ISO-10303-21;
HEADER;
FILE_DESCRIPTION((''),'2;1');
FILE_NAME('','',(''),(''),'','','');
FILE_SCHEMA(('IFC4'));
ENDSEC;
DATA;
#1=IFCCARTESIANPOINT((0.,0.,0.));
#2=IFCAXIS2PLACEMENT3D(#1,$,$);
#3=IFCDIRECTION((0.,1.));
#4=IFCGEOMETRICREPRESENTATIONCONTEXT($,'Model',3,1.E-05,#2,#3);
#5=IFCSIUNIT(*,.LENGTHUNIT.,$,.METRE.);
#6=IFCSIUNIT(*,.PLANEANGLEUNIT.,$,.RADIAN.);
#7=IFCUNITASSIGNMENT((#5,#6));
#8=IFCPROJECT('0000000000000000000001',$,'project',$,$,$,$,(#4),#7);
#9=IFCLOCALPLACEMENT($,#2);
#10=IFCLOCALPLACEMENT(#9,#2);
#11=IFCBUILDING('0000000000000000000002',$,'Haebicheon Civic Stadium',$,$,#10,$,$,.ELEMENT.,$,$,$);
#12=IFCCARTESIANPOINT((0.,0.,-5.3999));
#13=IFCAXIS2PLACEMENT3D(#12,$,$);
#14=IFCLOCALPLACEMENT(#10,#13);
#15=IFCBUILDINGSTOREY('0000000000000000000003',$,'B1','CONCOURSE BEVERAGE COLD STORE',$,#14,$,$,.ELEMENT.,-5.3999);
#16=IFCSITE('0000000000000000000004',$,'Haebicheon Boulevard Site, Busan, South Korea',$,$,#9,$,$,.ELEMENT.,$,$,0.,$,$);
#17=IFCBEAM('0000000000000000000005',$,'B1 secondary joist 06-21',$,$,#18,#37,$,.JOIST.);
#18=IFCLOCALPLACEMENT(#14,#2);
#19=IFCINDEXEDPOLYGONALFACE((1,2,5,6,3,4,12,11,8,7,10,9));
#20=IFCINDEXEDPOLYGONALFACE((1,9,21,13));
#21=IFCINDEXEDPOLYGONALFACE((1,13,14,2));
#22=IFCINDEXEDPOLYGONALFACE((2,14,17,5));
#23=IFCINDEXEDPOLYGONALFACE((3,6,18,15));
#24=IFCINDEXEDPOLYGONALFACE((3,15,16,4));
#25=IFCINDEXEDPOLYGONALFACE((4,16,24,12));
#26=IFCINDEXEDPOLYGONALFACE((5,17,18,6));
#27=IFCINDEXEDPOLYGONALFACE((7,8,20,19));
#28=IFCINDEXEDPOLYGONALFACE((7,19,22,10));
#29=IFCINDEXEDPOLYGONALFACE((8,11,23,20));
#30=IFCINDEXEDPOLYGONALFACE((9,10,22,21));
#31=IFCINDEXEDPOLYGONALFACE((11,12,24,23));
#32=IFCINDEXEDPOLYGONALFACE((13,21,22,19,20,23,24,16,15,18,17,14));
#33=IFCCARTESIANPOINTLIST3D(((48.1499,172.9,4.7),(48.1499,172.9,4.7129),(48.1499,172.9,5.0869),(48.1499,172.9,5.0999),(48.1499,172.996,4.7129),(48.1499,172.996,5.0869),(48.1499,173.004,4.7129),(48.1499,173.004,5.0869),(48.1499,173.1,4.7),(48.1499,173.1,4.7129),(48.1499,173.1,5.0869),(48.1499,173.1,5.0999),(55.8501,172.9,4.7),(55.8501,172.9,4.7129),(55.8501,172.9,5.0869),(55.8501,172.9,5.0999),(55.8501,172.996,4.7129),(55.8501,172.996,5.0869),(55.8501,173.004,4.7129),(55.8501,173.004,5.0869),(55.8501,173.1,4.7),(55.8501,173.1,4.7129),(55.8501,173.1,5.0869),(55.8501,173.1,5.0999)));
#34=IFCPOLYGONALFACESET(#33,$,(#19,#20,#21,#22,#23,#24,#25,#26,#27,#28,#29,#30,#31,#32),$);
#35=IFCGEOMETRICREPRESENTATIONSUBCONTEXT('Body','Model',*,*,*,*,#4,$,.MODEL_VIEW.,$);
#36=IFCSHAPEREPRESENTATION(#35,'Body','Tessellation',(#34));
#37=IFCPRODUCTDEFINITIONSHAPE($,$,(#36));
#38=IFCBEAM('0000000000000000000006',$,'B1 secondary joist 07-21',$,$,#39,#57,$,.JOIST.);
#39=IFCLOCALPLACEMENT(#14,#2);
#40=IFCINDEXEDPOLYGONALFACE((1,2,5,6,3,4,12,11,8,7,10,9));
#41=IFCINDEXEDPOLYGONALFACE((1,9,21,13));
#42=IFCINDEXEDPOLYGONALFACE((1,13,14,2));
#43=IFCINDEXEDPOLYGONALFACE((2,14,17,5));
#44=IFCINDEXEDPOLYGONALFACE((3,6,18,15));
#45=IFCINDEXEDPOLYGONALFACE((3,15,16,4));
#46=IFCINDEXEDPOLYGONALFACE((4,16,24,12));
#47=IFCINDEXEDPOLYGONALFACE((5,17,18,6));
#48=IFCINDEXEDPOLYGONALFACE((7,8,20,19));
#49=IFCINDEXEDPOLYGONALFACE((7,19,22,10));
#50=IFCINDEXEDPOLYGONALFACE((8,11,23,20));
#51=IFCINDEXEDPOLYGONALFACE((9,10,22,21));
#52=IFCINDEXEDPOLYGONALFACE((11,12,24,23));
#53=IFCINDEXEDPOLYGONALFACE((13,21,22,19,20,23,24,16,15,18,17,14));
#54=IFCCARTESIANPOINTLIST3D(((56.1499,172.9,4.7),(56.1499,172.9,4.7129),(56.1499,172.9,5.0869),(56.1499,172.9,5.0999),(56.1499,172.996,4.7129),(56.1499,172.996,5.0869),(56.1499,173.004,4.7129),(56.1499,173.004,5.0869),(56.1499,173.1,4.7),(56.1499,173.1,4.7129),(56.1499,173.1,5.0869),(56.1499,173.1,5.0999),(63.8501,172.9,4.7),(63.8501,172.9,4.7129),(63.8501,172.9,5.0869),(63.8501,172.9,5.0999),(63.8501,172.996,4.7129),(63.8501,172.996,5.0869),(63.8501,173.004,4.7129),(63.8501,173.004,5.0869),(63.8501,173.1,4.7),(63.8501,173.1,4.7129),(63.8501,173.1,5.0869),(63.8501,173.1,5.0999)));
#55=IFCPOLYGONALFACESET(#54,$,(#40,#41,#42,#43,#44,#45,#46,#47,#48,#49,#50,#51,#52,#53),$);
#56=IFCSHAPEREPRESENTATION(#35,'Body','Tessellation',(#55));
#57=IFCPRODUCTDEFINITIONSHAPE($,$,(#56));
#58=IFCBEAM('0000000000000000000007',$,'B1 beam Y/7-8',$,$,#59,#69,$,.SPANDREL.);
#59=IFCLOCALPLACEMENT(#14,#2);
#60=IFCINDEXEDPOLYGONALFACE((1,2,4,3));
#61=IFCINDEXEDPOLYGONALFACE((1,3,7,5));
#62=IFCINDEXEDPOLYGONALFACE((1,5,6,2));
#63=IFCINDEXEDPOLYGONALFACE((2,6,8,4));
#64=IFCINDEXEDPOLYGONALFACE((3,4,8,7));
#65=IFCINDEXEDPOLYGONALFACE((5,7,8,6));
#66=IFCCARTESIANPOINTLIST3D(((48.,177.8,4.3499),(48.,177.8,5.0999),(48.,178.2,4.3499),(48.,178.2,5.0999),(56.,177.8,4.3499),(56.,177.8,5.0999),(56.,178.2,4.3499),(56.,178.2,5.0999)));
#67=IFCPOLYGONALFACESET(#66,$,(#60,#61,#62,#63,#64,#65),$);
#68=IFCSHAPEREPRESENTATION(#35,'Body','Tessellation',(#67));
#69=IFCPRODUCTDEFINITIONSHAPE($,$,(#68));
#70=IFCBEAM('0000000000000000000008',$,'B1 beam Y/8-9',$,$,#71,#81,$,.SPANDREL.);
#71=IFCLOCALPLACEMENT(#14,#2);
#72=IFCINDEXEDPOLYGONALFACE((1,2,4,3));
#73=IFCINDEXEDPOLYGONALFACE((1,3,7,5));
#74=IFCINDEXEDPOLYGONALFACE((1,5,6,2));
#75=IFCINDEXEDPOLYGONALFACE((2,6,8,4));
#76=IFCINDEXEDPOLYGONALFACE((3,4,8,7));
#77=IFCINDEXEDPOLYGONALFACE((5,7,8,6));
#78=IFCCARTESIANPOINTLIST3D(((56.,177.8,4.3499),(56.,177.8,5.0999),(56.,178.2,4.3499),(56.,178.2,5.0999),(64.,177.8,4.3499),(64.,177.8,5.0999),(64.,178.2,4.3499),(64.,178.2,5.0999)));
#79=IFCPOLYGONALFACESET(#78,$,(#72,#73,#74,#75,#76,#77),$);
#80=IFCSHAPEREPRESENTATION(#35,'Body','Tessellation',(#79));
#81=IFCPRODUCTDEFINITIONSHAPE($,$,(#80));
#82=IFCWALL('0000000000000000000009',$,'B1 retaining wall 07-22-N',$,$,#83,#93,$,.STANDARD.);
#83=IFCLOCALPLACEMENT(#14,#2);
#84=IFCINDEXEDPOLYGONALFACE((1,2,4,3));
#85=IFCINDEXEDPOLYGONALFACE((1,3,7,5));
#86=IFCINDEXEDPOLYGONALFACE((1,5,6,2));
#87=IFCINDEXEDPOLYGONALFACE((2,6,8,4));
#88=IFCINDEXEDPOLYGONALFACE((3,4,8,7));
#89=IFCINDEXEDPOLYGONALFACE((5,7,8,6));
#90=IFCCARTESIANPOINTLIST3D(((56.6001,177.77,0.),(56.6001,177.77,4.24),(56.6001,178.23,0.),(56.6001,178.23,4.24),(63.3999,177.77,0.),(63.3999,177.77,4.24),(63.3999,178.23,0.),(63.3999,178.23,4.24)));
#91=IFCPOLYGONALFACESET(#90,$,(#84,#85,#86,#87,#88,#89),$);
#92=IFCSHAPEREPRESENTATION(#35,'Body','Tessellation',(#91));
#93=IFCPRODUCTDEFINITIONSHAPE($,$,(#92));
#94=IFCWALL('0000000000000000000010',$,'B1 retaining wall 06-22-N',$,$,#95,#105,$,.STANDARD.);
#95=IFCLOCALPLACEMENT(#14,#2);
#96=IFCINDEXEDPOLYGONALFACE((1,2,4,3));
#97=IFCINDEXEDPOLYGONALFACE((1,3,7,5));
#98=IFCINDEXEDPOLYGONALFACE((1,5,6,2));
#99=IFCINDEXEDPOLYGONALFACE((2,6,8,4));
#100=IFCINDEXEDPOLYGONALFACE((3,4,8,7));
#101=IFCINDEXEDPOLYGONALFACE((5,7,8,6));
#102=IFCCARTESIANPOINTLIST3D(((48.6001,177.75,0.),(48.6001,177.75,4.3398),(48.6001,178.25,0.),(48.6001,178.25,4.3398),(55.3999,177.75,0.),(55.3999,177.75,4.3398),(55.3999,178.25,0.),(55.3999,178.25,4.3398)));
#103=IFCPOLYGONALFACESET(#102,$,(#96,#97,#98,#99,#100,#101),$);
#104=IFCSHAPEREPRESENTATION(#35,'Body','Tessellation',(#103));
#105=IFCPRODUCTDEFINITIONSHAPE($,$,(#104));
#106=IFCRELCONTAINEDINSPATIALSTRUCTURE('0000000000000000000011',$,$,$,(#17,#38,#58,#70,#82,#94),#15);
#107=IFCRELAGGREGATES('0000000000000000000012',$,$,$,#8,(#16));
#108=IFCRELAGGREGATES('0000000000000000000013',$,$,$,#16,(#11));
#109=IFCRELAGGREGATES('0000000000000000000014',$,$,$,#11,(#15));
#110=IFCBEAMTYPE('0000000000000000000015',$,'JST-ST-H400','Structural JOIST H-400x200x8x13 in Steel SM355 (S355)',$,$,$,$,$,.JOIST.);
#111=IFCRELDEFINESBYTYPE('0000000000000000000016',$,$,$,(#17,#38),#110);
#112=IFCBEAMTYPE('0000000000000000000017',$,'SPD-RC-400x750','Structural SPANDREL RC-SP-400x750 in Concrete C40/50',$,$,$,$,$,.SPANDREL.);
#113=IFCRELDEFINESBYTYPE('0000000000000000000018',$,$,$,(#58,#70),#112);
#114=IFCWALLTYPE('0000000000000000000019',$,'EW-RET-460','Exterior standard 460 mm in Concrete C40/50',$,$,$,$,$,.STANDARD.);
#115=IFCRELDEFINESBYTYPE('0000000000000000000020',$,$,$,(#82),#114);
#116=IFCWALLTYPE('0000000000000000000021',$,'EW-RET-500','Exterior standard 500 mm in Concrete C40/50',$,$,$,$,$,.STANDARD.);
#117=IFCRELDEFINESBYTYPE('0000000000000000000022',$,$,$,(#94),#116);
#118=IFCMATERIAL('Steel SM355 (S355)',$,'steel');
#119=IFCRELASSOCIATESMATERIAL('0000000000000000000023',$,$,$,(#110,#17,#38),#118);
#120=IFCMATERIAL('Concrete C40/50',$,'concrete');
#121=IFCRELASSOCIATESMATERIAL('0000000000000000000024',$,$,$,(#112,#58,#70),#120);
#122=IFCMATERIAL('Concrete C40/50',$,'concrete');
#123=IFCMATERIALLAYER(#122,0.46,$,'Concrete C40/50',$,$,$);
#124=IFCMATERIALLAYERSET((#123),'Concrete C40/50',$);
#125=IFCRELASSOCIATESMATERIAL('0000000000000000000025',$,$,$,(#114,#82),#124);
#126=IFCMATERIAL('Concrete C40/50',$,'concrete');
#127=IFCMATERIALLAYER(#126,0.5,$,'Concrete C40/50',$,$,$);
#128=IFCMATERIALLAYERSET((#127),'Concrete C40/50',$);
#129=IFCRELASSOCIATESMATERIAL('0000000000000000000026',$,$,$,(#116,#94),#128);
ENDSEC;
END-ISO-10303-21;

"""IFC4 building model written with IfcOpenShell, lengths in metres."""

from ifc_helpers import new_model, si_unit, direction, frame, frame_2d, origin, origin_2d, place, context, subcontext, project, spatial, rectangle, i_section, extrude, material, layer, layer_set, material_profile, profile_set, type_object, element, save


model = new_model("IFC4")

# Units and contexts
model_context = context("Model", 3, precision=1e-05, world=origin(), true_north=direction((0.0, 1.0)))
body_context = subcontext(model_context, "Body", "Model", "MODEL_VIEW")
ifc_project = project(units=[si_unit("LENGTHUNIT", "METRE"), si_unit("PLANEANGLEUNIT", "RADIAN")], contexts=[model_context])

# Site, building, storey
site_placement = place(None, origin())
site = spatial("IfcSite", under=ifc_project, at=site_placement, Name="Haebicheon Boulevard Site, Busan, South Korea", CompositionType="ELEMENT", RefElevation=0.0)
building_placement = place(site_placement, origin())
building = spatial("IfcBuilding", under=site, at=building_placement, Name="Haebicheon Civic Stadium", CompositionType="ELEMENT")
storey_placement = place(building_placement, frame((0.0, 0.0, -5.3999)))
storey = spatial("IfcBuildingStorey", under=building, at=storey_placement, Name="B1", Description="CONCOURSE BEVERAGE COLD STORE", CompositionType="ELEMENT", Elevation=-5.3999)

# Beams
ifc_material_1 = material(Name="Steel SM355 (S355)", Category="steel")
ifc_material_profile_1 = material_profile(ifc_material_1, i_section(OverallWidth=0.2, OverallDepth=0.3999, WebThickness=0.0081, FlangeThickness=0.0129, at=origin_2d()), Name="H-400x200x8x13")
ifc_profile_set_1 = profile_set([ifc_material_profile_1], Name="Steel SM355 (S355)")
beam_type_1 = type_object("IfcBeamType", Name="JST-ST-H400", Description="Structural JOIST H-400x200x8x13 in Steel SM355 (S355)", PredefinedType="JOIST", material=ifc_profile_set_1)
for number, where, z_axis, x_axis, name in (
    (1, (48.1499, 173.0, 4.8999), (1.0, 0.0, 0.0), (0.0, 1.0, 0.0), "B1 secondary joist 06-21"),
    (2, (56.1499, 173.0, 4.8999), (1.0, 0.0, 0.0), (0.0, 1.0, 0.0), "B1 secondary joist 07-21"),
):
    element("IfcBeam", number, at=place(storey_placement, frame(where, z_axis=z_axis, x_axis=x_axis)), inside=storey, type_object=beam_type_1, material=ifc_profile_set_1, Name=name, PredefinedType="JOIST", context=body_context, shape_type="SweptSolid", body=[
        extrude(i_section(OverallWidth=0.2, OverallDepth=0.3999, WebThickness=0.0081, FlangeThickness=0.0129, at=origin_2d()), origin(), (0.0, 0.0, 1.0), 7.7002),
    ])
ifc_material_2 = material(Name="Concrete C40/50", Category="concrete")
ifc_material_profile_2 = material_profile(ifc_material_2, rectangle(XDim=0.3999, YDim=0.75, at=origin_2d()), Name="RC-SP-400x750")
ifc_profile_set_2 = profile_set([ifc_material_profile_2], Name="Concrete C40/50")
beam_type_2 = type_object("IfcBeamType", Name="SPD-RC-400x750", Description="Structural SPANDREL RC-SP-400x750 in Concrete C40/50", PredefinedType="SPANDREL", material=ifc_profile_set_2)
for number, where, z_axis, x_axis, name in (
    (3, (48.0, 178.0, 4.7249), (1.0, 0.0, 0.0), (0.0, 1.0, 0.0), "B1 beam Y/7-8"),
    (4, (56.0, 178.0, 4.7249), (1.0, 0.0, 0.0), (0.0, 1.0, 0.0), "B1 beam Y/8-9"),
):
    element("IfcBeam", number, at=place(storey_placement, frame(where, z_axis=z_axis, x_axis=x_axis)), inside=storey, type_object=beam_type_2, material=ifc_profile_set_2, Name=name, PredefinedType="SPANDREL", context=body_context, shape_type="SweptSolid", body=[
        extrude(rectangle(XDim=0.3999, YDim=0.75, at=origin_2d()), origin(), (0.0, 0.0, 1.0), 8.0),
    ])

# Walls
ifc_material_3 = material(Name="Concrete C40/50", Category="concrete")
ifc_layer_1 = layer(ifc_material_3, 0.46, Name="Concrete C40/50")
ifc_layer_set_1 = layer_set([ifc_layer_1], Name="Concrete C40/50")
wall_type_1 = type_object("IfcWallType", Name="EW-RET-460", Description="Exterior standard 460 mm in Concrete C40/50", PredefinedType="STANDARD", material=ifc_layer_set_1)
wall_1_placement = place(storey_placement, frame((56.6001, 178.0, 0.0), z_axis=(0.0, 0.0, 1.0), x_axis=(1.0, 0.0, 0.0)))
element("IfcWall", 5, at=wall_1_placement, inside=storey, type_object=wall_type_1, material=ifc_layer_set_1, Name="B1 retaining wall 07-22-N", PredefinedType="STANDARD", context=body_context, shape_type="SweptSolid", body=[
    extrude(rectangle(XDim=6.7998, YDim=0.46, at=frame_2d((3.3999, 0.0))), origin(), (0.0, 0.0, 1.0), 4.24),
])
ifc_material_4 = material(Name="Concrete C40/50", Category="concrete")
ifc_layer_2 = layer(ifc_material_4, 0.5, Name="Concrete C40/50")
ifc_layer_set_2 = layer_set([ifc_layer_2], Name="Concrete C40/50")
wall_type_2 = type_object("IfcWallType", Name="EW-RET-500", Description="Exterior standard 500 mm in Concrete C40/50", PredefinedType="STANDARD", material=ifc_layer_set_2)
wall_2_placement = place(storey_placement, frame((48.6001, 178.0, 0.0), z_axis=(0.0, 0.0, 1.0), x_axis=(1.0, 0.0, 0.0)))
element("IfcWall", 6, at=wall_2_placement, inside=storey, type_object=wall_type_2, material=ifc_layer_set_2, Name="B1 retaining wall 06-22-N", PredefinedType="STANDARD", context=body_context, shape_type="SweptSolid", body=[
    extrude(rectangle(XDim=6.7998, YDim=0.5, at=frame_2d((3.3999, 0.0))), origin(), (0.0, 0.0, 1.0), 4.3398),
])

save(model, "model.ifc")
